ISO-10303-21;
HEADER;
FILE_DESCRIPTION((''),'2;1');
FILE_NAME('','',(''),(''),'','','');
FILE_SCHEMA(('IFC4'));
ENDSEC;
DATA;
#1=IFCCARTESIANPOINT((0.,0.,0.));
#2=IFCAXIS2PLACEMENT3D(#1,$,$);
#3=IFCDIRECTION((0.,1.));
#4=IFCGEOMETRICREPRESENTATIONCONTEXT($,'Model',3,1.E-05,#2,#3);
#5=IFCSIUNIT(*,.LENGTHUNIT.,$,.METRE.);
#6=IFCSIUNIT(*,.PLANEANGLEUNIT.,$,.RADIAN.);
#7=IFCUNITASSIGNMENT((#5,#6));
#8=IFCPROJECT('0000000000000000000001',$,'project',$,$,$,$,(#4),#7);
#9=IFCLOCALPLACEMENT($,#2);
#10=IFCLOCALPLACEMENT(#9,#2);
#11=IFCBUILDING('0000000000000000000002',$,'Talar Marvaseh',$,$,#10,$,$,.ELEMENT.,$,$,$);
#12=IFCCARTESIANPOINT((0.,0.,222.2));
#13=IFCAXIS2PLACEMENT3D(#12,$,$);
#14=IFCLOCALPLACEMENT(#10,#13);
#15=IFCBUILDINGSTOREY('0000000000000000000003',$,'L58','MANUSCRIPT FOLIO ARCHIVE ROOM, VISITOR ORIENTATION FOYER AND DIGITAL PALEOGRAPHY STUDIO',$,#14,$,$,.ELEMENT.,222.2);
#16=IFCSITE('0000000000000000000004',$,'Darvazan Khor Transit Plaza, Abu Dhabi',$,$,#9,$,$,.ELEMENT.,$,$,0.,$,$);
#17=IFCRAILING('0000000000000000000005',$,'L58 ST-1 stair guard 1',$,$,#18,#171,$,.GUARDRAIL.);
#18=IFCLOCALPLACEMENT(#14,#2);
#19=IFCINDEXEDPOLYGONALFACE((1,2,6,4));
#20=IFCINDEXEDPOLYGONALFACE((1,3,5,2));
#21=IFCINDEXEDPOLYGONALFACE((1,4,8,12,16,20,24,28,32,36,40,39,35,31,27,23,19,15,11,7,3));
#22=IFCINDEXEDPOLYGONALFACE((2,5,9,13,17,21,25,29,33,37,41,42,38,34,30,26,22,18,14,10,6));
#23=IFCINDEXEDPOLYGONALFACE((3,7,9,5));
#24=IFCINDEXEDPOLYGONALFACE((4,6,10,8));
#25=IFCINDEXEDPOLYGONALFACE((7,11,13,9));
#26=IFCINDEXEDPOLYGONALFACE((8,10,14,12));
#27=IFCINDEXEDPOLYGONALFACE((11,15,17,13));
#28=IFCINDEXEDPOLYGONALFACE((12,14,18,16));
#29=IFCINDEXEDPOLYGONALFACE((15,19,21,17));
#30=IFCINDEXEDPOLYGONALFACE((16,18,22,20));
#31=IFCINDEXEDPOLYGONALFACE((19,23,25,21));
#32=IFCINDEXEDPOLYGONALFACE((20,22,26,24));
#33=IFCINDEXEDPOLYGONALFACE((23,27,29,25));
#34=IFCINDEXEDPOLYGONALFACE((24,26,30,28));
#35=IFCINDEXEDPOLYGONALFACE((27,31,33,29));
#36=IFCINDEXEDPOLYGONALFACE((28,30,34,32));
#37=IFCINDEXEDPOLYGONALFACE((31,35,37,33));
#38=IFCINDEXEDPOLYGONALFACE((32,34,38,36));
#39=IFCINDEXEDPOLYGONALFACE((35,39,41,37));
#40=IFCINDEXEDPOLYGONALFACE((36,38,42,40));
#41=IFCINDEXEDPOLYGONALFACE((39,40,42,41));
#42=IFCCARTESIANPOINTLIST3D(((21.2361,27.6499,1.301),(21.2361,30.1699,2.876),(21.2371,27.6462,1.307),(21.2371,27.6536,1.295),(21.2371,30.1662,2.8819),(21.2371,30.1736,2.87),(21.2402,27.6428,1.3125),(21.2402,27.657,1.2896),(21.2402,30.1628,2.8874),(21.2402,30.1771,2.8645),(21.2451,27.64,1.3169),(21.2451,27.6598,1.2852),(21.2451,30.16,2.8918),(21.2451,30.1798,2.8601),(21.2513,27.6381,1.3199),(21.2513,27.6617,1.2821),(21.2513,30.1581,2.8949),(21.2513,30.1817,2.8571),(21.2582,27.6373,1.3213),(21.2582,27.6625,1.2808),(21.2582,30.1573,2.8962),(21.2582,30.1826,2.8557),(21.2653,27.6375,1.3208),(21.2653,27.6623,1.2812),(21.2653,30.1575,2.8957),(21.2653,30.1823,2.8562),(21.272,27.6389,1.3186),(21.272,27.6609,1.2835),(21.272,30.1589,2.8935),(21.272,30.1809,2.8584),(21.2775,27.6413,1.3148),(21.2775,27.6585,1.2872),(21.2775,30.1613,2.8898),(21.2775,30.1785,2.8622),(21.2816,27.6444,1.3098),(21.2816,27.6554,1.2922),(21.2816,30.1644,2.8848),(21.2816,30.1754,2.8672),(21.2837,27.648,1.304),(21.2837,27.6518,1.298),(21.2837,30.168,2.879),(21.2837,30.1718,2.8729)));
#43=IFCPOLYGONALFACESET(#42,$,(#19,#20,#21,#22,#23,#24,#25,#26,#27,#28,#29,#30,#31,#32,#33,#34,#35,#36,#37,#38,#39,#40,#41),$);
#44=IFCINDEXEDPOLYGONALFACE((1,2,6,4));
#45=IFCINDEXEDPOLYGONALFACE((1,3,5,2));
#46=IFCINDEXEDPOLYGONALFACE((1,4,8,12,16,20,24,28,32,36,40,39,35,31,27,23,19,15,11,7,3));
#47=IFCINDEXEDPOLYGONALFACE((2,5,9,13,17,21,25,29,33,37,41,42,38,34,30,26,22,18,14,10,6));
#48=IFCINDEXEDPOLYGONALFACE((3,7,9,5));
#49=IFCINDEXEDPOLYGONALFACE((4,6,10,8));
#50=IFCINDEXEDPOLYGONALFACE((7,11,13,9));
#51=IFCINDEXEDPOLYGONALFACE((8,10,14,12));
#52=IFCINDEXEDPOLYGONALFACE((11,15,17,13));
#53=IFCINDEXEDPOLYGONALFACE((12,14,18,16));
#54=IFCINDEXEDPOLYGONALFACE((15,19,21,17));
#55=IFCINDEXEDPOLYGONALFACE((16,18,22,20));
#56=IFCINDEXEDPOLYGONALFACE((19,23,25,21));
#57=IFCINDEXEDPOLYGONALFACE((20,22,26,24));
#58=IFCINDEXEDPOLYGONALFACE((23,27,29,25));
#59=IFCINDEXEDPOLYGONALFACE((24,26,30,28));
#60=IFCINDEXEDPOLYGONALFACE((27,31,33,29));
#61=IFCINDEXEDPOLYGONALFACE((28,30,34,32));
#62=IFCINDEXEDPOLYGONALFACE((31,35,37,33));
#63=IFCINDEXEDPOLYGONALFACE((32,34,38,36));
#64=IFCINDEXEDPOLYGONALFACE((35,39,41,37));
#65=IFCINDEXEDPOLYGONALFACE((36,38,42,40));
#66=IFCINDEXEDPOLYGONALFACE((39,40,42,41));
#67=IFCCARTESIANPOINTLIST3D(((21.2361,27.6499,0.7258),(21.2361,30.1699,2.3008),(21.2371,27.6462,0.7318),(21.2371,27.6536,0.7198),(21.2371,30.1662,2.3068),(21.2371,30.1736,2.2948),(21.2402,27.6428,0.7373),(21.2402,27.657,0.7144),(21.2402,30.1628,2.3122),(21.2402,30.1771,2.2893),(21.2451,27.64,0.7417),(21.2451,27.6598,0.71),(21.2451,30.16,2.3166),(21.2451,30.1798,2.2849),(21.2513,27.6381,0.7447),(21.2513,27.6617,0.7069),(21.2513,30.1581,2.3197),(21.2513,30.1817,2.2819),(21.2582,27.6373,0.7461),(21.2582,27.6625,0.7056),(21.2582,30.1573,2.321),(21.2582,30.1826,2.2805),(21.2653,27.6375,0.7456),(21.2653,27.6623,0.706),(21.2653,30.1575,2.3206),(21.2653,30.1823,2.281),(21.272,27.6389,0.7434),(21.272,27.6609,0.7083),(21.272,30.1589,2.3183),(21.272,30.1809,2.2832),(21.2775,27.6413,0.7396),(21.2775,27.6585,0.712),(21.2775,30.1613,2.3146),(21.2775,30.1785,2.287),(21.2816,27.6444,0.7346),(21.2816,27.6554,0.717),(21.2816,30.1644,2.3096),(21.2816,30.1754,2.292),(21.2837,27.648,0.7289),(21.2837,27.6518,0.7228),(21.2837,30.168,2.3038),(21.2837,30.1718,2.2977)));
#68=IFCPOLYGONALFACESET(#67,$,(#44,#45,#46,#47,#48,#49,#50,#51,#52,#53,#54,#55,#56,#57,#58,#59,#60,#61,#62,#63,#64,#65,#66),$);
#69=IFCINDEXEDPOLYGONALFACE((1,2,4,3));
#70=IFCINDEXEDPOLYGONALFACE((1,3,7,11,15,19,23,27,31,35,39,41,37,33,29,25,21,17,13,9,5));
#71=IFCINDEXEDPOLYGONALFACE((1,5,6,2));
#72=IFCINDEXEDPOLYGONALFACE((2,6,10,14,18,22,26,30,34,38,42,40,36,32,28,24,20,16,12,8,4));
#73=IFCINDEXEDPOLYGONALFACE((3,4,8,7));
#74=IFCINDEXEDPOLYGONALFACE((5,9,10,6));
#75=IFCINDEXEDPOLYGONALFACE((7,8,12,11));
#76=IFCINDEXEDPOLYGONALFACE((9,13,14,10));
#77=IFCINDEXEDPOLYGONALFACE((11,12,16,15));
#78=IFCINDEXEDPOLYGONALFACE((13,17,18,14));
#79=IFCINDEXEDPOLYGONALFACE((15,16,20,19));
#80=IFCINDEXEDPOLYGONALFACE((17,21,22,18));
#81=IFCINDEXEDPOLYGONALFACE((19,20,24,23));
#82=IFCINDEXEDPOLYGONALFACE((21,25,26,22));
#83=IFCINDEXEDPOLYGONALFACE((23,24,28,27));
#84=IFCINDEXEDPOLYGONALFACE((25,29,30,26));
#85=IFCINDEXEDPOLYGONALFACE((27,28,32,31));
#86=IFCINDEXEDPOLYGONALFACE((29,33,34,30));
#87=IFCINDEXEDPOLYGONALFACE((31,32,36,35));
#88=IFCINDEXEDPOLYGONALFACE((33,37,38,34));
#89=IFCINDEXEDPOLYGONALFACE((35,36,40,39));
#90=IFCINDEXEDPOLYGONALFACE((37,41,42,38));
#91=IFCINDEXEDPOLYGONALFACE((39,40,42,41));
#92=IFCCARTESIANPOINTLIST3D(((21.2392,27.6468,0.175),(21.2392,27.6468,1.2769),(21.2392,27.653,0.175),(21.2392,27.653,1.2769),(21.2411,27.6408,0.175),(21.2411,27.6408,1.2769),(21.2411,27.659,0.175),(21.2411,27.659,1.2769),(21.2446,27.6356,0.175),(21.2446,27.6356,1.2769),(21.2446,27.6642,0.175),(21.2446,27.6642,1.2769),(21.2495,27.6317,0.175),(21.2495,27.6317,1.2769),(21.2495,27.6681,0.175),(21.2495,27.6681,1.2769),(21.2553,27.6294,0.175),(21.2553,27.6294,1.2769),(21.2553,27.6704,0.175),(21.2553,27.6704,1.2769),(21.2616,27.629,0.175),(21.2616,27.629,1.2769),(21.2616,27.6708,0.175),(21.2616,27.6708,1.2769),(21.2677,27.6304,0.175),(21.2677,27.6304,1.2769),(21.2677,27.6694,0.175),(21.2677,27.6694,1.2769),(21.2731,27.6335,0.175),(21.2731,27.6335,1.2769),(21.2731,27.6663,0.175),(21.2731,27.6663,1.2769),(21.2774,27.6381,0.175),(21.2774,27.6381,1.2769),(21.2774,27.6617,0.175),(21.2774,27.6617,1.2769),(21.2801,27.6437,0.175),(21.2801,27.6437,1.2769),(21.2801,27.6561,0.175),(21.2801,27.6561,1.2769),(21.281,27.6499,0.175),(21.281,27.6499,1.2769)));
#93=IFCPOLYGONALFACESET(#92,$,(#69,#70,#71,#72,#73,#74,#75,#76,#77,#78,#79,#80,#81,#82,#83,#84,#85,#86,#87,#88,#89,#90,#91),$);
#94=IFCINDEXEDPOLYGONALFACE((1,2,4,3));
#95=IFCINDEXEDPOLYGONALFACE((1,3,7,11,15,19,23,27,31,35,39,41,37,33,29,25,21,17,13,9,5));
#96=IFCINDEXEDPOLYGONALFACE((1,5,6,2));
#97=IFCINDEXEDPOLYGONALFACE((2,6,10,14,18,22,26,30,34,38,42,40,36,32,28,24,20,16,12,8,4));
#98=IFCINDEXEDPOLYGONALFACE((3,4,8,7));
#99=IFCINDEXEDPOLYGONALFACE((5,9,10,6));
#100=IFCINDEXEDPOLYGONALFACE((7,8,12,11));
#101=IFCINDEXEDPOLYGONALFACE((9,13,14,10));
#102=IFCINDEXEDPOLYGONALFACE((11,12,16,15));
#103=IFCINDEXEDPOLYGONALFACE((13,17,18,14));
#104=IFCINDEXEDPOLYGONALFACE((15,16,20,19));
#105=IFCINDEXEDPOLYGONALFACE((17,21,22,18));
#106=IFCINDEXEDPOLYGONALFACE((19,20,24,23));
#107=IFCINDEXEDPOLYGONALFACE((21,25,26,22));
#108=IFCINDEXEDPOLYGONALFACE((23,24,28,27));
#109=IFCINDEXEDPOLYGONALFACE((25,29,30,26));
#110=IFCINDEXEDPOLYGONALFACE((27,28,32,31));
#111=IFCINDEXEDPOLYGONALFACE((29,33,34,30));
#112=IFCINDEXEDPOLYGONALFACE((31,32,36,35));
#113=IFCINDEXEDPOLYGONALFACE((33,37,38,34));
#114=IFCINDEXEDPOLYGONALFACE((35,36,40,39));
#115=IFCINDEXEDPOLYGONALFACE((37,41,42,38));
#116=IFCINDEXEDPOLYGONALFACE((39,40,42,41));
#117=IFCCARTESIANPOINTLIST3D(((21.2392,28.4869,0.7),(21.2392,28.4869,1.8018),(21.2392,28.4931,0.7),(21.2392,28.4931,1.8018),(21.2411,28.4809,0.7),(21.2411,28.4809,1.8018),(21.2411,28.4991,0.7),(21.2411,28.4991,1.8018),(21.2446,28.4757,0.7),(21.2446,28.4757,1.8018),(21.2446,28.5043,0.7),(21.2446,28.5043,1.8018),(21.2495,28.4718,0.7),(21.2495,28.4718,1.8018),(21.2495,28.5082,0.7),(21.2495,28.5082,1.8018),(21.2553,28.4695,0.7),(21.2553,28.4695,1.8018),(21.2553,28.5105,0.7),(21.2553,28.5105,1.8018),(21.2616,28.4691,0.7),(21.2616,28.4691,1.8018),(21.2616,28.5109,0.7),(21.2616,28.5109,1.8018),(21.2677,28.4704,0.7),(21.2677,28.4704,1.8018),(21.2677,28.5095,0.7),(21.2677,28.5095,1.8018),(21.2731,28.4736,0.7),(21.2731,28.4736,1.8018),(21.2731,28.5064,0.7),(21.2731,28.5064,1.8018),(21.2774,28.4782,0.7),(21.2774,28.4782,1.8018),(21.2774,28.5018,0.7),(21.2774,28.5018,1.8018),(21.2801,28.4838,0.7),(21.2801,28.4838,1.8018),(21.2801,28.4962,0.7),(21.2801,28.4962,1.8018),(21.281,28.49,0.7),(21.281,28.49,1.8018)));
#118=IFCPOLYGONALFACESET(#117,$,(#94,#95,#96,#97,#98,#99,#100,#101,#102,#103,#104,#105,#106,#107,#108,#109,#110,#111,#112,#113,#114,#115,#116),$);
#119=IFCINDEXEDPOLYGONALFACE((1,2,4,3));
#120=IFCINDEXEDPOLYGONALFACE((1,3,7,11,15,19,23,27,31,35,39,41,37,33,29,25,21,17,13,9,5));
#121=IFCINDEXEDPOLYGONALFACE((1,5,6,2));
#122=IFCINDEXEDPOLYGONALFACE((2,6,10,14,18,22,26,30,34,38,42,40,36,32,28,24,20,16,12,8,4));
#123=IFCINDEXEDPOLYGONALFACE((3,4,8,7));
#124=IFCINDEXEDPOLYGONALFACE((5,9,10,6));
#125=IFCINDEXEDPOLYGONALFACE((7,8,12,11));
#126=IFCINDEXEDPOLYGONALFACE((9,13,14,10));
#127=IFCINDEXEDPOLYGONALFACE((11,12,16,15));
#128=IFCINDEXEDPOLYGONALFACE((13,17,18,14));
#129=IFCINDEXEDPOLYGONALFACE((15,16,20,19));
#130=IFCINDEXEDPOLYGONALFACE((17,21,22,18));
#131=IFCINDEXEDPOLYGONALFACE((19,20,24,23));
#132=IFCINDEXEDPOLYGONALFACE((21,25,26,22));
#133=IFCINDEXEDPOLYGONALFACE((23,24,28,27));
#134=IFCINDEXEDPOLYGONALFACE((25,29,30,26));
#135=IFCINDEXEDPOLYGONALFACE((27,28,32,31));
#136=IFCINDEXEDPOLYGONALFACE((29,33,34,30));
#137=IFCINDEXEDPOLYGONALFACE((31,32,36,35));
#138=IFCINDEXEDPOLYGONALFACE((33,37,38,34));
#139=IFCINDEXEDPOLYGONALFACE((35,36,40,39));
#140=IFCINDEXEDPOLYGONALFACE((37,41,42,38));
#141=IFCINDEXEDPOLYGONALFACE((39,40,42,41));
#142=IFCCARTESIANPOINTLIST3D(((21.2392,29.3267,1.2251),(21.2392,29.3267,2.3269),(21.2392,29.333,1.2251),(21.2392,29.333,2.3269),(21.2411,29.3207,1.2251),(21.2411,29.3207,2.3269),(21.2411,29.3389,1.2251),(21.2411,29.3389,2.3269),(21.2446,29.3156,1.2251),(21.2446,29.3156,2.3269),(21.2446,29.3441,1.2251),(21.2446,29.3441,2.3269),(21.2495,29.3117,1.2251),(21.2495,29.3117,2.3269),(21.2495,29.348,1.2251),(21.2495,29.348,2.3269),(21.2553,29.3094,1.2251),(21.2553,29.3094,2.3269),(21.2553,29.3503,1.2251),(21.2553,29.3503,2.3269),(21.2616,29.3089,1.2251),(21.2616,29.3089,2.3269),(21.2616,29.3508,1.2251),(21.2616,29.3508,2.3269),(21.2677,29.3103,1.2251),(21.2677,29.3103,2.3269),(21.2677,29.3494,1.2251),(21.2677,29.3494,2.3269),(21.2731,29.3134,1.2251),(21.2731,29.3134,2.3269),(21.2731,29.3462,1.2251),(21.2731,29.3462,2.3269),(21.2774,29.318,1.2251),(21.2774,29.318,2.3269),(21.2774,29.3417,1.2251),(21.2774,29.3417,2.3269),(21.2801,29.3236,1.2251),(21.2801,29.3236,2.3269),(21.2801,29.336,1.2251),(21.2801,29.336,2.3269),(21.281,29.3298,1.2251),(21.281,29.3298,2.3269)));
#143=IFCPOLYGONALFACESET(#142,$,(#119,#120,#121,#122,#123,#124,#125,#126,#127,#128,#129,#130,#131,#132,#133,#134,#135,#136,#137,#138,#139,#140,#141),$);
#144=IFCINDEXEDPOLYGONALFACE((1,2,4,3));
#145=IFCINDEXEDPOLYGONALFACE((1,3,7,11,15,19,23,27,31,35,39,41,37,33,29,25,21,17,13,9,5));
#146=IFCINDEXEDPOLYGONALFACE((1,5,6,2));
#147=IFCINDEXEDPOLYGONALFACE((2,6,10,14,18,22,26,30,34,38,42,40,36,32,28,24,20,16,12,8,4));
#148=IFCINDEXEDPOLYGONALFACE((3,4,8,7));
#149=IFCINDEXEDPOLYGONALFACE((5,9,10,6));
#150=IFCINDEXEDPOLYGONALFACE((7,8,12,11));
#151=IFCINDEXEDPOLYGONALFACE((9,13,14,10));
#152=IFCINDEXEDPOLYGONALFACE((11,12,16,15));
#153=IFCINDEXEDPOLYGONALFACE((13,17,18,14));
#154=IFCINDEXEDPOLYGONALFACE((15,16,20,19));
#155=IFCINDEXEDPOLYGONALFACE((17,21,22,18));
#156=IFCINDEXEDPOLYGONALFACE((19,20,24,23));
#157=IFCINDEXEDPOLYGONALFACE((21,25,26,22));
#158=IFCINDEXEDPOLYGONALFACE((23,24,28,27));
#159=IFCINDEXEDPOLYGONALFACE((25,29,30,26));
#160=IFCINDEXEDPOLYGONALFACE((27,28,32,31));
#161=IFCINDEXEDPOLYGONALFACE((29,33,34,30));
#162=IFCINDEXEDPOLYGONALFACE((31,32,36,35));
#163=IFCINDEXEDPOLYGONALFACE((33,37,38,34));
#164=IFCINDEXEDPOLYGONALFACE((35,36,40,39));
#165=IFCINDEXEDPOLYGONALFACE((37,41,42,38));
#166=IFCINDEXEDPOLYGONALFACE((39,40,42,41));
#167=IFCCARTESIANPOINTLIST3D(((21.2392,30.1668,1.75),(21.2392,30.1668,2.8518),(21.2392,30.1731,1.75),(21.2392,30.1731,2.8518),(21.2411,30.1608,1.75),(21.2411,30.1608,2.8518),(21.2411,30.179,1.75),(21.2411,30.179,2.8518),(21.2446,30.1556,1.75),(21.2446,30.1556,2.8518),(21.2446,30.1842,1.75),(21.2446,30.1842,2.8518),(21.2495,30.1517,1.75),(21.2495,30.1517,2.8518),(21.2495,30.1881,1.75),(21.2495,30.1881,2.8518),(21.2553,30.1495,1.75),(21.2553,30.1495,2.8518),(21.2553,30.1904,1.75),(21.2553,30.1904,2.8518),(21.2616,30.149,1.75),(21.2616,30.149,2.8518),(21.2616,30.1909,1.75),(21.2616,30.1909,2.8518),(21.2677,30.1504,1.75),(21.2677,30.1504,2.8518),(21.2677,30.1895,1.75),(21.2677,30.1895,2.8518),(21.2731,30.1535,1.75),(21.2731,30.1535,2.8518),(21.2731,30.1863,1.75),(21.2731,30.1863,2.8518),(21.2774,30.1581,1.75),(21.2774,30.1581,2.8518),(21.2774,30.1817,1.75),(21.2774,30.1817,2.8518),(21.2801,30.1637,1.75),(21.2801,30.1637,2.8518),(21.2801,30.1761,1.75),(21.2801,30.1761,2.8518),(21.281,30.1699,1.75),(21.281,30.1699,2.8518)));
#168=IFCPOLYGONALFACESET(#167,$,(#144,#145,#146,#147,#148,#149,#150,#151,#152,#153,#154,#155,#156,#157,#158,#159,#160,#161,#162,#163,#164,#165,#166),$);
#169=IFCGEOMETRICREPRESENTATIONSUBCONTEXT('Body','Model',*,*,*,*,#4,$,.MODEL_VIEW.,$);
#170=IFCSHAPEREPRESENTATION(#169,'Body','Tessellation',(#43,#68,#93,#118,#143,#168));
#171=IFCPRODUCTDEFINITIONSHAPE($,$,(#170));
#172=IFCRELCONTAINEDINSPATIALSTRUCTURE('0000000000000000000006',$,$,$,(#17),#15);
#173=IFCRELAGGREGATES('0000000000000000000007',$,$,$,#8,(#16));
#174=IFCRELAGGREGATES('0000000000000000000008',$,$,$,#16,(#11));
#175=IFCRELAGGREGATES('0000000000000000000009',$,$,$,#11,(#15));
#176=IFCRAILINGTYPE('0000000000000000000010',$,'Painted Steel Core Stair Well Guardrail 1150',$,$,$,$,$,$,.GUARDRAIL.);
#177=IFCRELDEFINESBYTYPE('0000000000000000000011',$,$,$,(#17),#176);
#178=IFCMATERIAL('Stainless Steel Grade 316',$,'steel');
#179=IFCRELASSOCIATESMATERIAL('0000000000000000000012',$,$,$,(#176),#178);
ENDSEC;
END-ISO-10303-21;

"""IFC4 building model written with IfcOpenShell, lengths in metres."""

from ifc_helpers import new_model, si_unit, direction, frame, origin, origin_2d, place, context, subcontext, project, spatial, circle, extrude, material, type_object, element, save


model = new_model("IFC4")

# Units and contexts
model_context = context("Model", 3, precision=1e-05, world=origin(), true_north=direction((0.0, 1.0)))
body_context = subcontext(model_context, "Body", "Model", "MODEL_VIEW")
ifc_project = project(units=[si_unit("LENGTHUNIT", "METRE"), si_unit("PLANEANGLEUNIT", "RADIAN")], contexts=[model_context])

# Site, building, storey
site_placement = place(None, origin())
site = spatial("IfcSite", under=ifc_project, at=site_placement, Name="Darvazan Khor Transit Plaza, Abu Dhabi", CompositionType="ELEMENT", RefElevation=0.0)
building_placement = place(site_placement, origin())
building = spatial("IfcBuilding", under=site, at=building_placement, Name="Talar Marvaseh", CompositionType="ELEMENT")
storey_placement = place(building_placement, frame((0.0, 0.0, 222.2)))
storey = spatial("IfcBuildingStorey", under=building, at=storey_placement, Name="L58", Description="MANUSCRIPT FOLIO ARCHIVE ROOM, VISITOR ORIENTATION FOYER AND DIGITAL PALEOGRAPHY STUDIO", CompositionType="ELEMENT", Elevation=222.2)

# Railing
ifc_material_1 = material(Name="Stainless Steel Grade 316", Category="steel")
railing_type_1 = type_object("IfcRailingType", Name="Painted Steel Core Stair Well Guardrail 1150", PredefinedType="GUARDRAIL", material=ifc_material_1)
railing_1_placement = place(storey_placement, frame((21.26, 27.6499, 0.175)))
element("IfcRailing", 1, at=railing_1_placement, inside=storey, type_object=railing_type_1, Name="L58 ST-1 stair guard 1", PredefinedType="GUARDRAIL", context=body_context, shape_type="SweptSolid", body=[
    extrude(circle(Radius=0.0239, at=origin_2d()), frame((0.0, 0.0, 1.126), z_axis=(0.0, 0.848008, 0.529984), x_axis=(-1.0, 0.0, 0.0)), (0.0, 0.0, 1.0), 2.9717),
    extrude(circle(Radius=0.0239, at=origin_2d()), frame((0.0, 0.0, 0.5508), z_axis=(0.0, 0.848008, 0.529984), x_axis=(-1.0, 0.0, 0.0)), (0.0, 0.0, 1.0), 2.9717),
    extrude(circle(Radius=0.021, at=origin_2d()), origin(), (0.0, 0.0, 1.0), 1.1018),
    extrude(circle(Radius=0.021, at=origin_2d()), frame((0.0, 0.8401, 0.5249)), (0.0, 0.0, 1.0), 1.1018),
    extrude(circle(Radius=0.021, at=origin_2d()), frame((0.0, 1.6799, 1.05)), (0.0, 0.0, 1.0), 1.1018),
    extrude(circle(Radius=0.021, at=origin_2d()), frame((0.0, 2.52, 1.575)), (0.0, 0.0, 1.0), 1.1018),
])

save(model, "model.ifc")
